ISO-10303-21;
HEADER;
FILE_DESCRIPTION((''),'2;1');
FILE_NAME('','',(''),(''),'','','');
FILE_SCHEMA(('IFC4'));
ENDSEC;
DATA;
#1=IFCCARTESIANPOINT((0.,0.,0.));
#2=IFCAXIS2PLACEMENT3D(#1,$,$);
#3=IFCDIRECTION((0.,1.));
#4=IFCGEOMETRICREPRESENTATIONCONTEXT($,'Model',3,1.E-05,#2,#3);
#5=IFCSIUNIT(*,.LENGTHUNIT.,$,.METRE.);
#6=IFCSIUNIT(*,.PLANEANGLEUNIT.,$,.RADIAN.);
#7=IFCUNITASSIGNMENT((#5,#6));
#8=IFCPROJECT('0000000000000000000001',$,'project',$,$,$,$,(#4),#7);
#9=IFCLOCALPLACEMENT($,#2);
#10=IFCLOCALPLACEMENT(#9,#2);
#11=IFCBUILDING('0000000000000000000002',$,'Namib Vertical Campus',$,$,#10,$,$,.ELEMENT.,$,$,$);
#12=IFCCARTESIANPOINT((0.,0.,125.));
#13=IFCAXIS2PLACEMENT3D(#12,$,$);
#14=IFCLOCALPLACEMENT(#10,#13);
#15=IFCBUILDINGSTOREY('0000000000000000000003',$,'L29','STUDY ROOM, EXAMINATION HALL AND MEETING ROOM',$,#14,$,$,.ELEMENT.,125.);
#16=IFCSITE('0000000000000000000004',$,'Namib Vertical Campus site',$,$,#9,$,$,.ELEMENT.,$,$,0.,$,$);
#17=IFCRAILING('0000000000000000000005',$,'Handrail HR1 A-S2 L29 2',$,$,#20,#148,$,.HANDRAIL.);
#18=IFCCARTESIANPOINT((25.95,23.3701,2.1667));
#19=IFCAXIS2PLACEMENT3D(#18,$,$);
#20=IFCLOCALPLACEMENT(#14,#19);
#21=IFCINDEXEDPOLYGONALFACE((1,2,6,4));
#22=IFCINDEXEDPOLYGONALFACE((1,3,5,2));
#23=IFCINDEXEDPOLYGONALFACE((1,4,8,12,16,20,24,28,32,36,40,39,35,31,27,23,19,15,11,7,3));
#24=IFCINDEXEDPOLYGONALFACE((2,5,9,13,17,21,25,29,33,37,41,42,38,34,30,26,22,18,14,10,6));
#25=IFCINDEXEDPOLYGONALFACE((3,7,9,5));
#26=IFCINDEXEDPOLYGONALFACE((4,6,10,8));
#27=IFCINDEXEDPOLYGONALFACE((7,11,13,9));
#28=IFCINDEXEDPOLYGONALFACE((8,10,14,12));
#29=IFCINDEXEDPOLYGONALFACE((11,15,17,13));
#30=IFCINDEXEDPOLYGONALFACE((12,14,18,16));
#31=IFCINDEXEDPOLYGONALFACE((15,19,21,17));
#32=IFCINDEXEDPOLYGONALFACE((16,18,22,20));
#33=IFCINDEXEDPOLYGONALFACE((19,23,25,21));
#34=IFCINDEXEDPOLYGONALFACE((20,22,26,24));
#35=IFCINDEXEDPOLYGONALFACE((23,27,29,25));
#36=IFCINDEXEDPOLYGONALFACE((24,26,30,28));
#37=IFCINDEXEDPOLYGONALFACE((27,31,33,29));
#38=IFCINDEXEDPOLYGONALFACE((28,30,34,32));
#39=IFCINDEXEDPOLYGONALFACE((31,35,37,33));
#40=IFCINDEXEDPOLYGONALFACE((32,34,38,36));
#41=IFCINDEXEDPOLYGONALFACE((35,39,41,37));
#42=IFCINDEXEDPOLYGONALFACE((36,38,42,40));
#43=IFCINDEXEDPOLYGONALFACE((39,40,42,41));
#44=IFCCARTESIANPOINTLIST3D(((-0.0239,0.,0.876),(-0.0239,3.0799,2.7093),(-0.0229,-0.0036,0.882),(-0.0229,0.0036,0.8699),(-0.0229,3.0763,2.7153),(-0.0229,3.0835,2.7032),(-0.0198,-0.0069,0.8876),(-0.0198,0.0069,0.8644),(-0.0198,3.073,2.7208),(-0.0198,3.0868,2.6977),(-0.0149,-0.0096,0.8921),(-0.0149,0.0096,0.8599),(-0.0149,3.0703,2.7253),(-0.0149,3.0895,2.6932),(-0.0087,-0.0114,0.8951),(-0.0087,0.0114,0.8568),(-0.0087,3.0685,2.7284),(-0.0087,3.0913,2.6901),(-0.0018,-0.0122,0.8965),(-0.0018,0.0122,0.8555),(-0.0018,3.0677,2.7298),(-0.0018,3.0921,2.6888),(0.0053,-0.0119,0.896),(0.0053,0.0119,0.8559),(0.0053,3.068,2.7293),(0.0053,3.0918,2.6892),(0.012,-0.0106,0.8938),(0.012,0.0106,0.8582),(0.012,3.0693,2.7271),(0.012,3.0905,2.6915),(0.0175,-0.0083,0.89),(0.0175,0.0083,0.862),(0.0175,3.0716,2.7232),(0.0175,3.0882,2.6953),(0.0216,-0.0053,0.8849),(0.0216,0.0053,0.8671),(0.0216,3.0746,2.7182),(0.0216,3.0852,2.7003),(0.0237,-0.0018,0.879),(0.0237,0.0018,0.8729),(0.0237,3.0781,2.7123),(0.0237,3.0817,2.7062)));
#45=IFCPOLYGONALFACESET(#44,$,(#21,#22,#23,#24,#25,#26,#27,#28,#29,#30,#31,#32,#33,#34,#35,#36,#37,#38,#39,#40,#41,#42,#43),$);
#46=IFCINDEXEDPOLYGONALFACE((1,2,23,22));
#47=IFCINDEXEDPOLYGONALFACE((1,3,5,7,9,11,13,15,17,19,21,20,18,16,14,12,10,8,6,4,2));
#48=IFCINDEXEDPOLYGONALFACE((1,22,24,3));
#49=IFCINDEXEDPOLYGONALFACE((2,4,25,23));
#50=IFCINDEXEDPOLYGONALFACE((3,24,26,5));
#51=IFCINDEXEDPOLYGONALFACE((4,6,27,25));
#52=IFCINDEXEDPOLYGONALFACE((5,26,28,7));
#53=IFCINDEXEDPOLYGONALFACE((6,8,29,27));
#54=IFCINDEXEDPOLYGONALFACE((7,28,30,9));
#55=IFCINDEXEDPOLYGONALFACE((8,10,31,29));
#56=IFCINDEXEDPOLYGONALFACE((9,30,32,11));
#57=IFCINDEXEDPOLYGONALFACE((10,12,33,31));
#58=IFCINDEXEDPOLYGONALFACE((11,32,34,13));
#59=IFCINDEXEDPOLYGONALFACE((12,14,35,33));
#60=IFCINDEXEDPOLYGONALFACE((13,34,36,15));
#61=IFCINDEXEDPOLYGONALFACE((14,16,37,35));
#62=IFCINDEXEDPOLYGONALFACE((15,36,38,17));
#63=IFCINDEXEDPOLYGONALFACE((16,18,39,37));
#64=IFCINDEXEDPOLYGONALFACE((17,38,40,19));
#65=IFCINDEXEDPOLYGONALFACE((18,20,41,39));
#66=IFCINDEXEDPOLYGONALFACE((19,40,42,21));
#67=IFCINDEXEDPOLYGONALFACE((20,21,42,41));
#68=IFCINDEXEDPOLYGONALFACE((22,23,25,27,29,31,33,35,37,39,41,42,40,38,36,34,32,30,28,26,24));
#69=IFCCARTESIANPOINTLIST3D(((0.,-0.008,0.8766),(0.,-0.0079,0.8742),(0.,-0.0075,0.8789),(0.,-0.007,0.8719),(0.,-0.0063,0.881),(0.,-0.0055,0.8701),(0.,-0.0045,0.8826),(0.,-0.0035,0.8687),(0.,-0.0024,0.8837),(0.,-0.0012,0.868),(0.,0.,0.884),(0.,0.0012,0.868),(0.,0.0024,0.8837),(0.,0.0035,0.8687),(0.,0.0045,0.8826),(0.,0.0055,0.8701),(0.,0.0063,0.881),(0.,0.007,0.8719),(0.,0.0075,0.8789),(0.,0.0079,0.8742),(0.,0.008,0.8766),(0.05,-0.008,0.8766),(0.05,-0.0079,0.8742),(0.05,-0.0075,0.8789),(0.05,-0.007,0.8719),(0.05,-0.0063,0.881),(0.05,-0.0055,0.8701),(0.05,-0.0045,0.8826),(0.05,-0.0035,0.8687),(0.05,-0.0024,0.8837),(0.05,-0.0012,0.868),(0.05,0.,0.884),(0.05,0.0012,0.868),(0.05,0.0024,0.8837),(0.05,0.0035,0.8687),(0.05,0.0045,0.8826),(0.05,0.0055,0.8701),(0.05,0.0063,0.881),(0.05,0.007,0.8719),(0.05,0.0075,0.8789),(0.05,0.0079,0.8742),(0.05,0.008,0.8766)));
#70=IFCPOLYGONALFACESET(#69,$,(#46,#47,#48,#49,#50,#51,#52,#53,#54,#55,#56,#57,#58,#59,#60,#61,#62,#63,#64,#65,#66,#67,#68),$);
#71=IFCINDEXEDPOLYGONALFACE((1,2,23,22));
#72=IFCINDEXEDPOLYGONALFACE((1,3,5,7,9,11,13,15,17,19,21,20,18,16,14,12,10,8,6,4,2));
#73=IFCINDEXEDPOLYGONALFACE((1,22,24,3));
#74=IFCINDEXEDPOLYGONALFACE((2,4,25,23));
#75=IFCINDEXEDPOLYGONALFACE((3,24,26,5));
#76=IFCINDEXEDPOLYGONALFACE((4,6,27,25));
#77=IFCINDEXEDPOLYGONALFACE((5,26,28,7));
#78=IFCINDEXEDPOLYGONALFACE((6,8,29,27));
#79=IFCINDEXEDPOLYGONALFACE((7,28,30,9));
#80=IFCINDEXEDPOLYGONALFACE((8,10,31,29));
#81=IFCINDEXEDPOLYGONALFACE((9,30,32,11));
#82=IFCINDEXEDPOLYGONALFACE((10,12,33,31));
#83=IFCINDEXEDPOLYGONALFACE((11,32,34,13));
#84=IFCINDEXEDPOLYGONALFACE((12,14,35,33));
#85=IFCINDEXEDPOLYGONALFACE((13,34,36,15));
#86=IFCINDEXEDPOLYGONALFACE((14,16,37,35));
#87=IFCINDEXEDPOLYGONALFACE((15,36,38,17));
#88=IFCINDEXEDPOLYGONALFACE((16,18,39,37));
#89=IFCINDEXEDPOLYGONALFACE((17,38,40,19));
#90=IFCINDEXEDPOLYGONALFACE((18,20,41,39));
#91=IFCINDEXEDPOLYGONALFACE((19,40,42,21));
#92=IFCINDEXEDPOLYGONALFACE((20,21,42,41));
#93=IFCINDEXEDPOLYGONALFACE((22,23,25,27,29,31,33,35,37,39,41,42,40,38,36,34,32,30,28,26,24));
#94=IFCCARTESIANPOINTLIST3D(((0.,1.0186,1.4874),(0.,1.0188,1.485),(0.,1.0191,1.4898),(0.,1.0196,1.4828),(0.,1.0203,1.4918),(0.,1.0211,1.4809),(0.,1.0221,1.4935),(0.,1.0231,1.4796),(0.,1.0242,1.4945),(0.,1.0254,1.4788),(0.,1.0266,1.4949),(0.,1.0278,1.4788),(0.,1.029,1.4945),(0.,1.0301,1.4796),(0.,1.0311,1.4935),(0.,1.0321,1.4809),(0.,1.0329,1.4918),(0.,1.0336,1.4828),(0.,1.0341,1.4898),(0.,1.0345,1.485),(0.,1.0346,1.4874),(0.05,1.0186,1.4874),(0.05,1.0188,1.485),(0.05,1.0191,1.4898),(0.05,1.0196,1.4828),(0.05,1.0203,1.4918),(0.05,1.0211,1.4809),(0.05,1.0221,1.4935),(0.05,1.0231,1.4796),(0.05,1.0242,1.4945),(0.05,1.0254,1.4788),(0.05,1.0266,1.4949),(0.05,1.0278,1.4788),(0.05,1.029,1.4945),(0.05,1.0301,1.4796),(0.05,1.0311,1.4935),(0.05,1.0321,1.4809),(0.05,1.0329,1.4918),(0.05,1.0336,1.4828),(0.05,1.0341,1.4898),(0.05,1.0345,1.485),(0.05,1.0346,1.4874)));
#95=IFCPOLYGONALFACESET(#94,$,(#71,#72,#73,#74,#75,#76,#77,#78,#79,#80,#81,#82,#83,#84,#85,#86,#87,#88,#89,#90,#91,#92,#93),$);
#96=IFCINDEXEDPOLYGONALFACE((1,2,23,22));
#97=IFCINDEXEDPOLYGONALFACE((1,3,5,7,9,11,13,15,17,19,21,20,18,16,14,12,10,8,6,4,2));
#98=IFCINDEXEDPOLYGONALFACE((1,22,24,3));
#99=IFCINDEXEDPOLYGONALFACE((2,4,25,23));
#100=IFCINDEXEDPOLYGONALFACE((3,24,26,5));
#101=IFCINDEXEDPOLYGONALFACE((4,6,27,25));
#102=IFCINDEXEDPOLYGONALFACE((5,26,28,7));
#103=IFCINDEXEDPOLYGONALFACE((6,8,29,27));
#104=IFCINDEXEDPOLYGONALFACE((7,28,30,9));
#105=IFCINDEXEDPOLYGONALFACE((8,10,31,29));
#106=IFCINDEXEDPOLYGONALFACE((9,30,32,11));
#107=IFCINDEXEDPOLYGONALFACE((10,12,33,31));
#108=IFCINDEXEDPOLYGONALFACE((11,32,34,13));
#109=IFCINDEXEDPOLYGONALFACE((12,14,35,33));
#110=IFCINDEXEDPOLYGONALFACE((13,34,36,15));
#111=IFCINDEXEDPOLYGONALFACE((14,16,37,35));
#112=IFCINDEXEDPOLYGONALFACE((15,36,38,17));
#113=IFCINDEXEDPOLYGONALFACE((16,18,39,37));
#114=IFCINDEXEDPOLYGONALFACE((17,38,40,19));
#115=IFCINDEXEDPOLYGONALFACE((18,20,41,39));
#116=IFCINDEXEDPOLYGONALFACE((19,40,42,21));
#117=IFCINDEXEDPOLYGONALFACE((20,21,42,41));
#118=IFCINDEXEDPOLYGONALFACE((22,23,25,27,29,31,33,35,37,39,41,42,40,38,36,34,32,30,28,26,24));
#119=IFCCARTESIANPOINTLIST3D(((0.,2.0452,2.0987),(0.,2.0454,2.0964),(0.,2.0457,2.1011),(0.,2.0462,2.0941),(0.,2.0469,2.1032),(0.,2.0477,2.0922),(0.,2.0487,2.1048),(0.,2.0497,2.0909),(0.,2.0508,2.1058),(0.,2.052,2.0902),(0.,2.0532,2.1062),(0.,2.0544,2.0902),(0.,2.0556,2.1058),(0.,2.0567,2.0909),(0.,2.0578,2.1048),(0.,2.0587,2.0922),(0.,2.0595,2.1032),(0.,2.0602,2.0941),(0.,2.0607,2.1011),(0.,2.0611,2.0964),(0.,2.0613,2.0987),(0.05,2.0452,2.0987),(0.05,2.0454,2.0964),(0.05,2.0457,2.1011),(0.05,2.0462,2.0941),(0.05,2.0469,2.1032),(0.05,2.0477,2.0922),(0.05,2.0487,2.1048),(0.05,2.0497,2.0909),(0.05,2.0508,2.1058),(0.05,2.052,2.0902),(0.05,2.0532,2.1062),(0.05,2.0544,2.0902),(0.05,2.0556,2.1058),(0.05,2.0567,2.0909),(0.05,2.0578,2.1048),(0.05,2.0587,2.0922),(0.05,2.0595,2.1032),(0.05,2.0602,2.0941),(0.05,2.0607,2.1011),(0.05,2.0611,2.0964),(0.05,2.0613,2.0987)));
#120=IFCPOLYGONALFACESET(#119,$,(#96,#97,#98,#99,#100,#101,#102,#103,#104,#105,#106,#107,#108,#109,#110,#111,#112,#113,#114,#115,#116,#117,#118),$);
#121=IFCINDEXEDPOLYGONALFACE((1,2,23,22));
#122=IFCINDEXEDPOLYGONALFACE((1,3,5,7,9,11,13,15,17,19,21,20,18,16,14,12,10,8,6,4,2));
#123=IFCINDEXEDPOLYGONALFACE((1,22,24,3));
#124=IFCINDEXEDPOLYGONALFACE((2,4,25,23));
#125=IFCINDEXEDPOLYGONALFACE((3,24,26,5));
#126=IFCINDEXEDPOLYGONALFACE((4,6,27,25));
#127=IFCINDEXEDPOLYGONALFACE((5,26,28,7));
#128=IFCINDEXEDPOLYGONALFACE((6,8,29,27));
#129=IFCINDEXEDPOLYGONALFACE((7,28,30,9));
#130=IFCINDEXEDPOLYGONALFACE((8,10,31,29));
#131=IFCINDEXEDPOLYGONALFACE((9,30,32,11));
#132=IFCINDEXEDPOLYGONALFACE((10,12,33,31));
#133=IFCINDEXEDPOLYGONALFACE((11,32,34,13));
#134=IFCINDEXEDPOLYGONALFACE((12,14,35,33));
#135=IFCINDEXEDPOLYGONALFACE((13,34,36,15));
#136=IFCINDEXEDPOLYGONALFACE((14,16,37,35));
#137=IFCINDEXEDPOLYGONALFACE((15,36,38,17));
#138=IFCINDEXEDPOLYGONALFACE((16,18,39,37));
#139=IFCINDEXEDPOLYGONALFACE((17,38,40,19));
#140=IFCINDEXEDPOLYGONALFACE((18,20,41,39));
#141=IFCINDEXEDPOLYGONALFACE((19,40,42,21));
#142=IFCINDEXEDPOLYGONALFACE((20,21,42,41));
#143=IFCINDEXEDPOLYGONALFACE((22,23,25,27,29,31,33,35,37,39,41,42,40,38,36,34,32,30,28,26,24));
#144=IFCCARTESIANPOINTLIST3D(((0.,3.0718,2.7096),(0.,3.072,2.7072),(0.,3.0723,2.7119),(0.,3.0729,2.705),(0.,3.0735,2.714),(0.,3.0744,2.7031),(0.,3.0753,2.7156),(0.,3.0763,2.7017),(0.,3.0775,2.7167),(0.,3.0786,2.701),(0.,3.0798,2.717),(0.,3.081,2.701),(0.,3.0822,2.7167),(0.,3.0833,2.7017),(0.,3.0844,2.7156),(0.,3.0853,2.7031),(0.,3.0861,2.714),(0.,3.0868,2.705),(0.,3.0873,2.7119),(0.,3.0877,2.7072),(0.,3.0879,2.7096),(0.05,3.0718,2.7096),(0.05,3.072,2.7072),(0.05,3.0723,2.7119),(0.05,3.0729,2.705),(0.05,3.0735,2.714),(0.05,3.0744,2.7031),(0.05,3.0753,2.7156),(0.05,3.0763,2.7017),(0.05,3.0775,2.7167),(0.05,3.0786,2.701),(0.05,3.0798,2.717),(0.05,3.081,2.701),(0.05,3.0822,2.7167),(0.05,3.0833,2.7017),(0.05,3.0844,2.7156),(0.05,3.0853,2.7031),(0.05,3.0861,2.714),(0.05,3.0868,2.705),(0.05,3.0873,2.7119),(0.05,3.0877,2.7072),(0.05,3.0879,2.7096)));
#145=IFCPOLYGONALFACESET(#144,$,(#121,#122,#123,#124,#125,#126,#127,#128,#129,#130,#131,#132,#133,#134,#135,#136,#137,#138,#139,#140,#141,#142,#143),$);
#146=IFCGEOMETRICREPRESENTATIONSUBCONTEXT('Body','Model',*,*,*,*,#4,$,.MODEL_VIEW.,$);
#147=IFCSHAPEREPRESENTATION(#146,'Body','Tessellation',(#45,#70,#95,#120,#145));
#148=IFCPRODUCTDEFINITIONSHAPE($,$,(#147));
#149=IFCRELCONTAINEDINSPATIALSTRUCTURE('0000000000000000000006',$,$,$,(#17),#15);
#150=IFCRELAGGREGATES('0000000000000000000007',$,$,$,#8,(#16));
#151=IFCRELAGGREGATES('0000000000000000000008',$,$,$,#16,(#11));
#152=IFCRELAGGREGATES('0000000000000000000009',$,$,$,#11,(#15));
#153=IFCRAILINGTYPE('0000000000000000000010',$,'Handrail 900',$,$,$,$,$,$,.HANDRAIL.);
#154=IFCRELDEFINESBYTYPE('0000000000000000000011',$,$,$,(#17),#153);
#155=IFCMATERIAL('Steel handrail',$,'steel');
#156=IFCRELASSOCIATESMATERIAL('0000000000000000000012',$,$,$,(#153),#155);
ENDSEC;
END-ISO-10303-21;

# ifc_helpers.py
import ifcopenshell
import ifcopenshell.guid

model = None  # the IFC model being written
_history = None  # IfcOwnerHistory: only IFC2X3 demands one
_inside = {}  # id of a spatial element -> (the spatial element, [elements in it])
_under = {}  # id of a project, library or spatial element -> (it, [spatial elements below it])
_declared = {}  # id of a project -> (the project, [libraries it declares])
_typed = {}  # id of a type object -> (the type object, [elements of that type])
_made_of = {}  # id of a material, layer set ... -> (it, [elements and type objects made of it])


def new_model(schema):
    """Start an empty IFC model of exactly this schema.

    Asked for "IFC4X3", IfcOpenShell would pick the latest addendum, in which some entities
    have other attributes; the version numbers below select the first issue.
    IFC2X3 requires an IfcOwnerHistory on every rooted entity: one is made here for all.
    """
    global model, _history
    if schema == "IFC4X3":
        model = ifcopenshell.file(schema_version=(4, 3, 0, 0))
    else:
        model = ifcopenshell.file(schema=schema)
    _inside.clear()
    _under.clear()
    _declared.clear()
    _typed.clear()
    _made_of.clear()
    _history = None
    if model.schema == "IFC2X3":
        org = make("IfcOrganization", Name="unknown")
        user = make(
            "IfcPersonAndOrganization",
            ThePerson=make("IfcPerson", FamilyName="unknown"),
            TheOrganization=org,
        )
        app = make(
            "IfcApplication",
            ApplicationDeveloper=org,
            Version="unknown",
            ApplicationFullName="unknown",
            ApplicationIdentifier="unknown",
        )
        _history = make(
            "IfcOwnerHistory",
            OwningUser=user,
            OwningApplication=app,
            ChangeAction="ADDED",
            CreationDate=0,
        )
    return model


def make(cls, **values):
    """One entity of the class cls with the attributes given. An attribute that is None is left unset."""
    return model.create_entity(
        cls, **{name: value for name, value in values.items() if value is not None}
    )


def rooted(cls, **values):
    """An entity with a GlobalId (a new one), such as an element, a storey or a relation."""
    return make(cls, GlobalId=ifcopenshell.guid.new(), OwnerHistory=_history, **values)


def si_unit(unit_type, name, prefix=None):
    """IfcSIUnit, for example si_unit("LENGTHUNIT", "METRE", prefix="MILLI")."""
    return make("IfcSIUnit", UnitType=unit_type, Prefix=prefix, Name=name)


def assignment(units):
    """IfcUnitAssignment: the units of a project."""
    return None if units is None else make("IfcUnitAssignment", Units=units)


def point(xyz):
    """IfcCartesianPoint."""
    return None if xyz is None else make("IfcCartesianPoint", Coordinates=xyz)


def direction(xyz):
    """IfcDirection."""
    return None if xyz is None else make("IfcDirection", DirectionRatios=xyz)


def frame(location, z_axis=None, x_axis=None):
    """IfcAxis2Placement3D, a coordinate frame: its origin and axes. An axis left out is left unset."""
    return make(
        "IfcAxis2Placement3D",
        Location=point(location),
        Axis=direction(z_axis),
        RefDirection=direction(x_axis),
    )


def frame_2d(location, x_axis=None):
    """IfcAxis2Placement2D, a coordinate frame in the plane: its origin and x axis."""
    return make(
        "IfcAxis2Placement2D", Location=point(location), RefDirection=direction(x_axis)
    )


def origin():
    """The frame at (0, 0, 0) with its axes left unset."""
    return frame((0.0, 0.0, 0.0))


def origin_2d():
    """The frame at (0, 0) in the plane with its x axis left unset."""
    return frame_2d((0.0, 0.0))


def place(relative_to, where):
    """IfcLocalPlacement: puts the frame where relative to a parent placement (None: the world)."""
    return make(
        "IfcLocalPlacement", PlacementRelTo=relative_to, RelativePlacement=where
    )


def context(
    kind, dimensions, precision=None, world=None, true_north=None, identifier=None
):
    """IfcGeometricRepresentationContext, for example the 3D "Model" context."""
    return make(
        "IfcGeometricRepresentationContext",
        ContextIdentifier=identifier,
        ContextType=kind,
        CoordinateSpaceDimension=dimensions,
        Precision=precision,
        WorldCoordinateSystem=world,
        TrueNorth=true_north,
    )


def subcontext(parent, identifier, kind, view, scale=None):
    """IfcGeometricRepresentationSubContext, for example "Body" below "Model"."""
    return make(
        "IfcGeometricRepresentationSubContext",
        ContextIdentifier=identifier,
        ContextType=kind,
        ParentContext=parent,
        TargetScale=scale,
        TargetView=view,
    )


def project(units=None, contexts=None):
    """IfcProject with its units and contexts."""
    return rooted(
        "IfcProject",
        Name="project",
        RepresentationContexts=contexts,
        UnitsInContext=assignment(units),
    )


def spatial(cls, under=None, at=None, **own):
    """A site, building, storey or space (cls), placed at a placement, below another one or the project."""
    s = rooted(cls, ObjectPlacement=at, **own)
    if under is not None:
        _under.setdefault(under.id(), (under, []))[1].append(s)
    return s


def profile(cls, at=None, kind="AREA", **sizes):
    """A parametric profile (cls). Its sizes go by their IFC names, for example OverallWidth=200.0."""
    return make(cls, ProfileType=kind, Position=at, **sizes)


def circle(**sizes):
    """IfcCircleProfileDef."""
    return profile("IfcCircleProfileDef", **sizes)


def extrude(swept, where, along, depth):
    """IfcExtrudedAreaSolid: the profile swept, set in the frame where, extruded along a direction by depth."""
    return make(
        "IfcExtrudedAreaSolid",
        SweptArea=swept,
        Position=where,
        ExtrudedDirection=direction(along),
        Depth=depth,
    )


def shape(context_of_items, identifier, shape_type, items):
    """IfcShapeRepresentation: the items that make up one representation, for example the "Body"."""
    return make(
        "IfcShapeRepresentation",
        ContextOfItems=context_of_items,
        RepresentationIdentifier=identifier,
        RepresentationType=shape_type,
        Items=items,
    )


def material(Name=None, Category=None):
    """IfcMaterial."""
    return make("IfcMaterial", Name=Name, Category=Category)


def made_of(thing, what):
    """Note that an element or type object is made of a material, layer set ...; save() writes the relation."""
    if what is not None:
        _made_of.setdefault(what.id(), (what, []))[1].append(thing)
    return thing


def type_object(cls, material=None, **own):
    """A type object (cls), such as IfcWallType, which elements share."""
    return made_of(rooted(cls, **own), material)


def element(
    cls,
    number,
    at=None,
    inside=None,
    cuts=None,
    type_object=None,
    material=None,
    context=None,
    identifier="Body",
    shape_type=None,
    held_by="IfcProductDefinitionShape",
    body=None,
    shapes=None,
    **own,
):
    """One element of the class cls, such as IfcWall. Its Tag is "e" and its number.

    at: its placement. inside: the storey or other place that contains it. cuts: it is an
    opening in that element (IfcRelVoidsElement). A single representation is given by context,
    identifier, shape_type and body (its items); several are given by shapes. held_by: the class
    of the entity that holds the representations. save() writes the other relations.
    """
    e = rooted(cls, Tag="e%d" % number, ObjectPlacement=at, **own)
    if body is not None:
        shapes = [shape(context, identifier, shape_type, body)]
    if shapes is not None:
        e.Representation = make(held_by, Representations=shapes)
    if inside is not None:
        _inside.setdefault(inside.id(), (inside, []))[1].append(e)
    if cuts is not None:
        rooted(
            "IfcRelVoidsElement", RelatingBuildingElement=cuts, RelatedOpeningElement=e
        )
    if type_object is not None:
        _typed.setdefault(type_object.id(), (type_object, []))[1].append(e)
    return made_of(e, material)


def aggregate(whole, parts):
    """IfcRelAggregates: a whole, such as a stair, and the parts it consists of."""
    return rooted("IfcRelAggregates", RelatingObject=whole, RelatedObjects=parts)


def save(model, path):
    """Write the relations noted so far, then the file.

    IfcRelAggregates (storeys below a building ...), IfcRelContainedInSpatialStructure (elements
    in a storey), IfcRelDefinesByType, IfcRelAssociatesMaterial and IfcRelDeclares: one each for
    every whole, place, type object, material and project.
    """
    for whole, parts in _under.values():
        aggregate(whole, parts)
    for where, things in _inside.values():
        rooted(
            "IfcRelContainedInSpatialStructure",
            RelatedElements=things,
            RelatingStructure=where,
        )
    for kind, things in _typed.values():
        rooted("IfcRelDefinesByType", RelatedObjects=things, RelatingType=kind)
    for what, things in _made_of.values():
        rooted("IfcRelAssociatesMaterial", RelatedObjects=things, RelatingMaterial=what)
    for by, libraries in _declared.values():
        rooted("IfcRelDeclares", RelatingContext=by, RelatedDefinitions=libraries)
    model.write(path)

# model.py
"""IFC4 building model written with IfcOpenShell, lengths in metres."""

from ifc_helpers import new_model, si_unit, direction, frame, origin, origin_2d, place, context, subcontext, project, spatial, circle, extrude, material, type_object, element, save


model = new_model("IFC4")

# Units and contexts
model_context = context("Model", 3, precision=1e-05, world=origin(), true_north=direction((0.0, 1.0)))
body_context = subcontext(model_context, "Body", "Model", "MODEL_VIEW")
ifc_project = project(units=[si_unit("LENGTHUNIT", "METRE"), si_unit("PLANEANGLEUNIT", "RADIAN")], contexts=[model_context])

# Site, building, storey
site_placement = place(None, origin())
site = spatial("IfcSite", under=ifc_project, at=site_placement, Name="Namib Vertical Campus site", CompositionType="ELEMENT", RefElevation=0.0)
building_placement = place(site_placement, origin())
building = spatial("IfcBuilding", under=site, at=building_placement, Name="Namib Vertical Campus", CompositionType="ELEMENT")
storey_placement = place(building_placement, frame((0.0, 0.0, 125.0)))
storey = spatial("IfcBuildingStorey", under=building, at=storey_placement, Name="L29", Description="STUDY ROOM, EXAMINATION HALL AND MEETING ROOM", CompositionType="ELEMENT", Elevation=125.0)

# Railing
ifc_material_1 = material(Name="Steel handrail", Category="steel")
railing_type_1 = type_object("IfcRailingType", Name="Handrail 900", PredefinedType="HANDRAIL", material=ifc_material_1)
railing_1_placement = place(storey_placement, frame((25.95, 23.3701, 2.1667)))
element("IfcRailing", 1, at=railing_1_placement, inside=storey, type_object=railing_type_1, Name="Handrail HR1 A-S2 L29 2", PredefinedType="HANDRAIL", context=body_context, shape_type="SweptSolid", body=[
    extrude(circle(Radius=0.0239, at=origin_2d()), frame((0.0, 0.0, 0.876), z_axis=(0.0, 0.859291, 0.511487), x_axis=(-1.0, 0.0, 0.0)), (0.0, 0.0, 1.0), 3.5842),
    extrude(circle(Radius=0.0081, at=origin_2d()), frame((0.0, 0.0, 0.876), z_axis=(1.0, 0.0, 0.0), x_axis=(0.0, 0.0, 1.0)), (0.0, 0.0, 1.0), 0.05),
    extrude(circle(Radius=0.0081, at=origin_2d()), frame((0.0, 1.0266, 1.4868), z_axis=(1.0, 0.0, 0.0), x_axis=(0.0, 0.0, 1.0)), (0.0, 0.0, 1.0), 0.05),
    extrude(circle(Radius=0.0081, at=origin_2d()), frame((0.0, 2.0532, 2.0981), z_axis=(1.0, 0.0, 0.0), x_axis=(0.0, 0.0, 1.0)), (0.0, 0.0, 1.0), 0.05),
    extrude(circle(Radius=0.0081, at=origin_2d()), frame((0.0, 3.0798, 2.709), z_axis=(1.0, 0.0, 0.0), x_axis=(0.0, 0.0, 1.0)), (0.0, 0.0, 1.0), 0.05),
])

save(model, "model.ifc")
